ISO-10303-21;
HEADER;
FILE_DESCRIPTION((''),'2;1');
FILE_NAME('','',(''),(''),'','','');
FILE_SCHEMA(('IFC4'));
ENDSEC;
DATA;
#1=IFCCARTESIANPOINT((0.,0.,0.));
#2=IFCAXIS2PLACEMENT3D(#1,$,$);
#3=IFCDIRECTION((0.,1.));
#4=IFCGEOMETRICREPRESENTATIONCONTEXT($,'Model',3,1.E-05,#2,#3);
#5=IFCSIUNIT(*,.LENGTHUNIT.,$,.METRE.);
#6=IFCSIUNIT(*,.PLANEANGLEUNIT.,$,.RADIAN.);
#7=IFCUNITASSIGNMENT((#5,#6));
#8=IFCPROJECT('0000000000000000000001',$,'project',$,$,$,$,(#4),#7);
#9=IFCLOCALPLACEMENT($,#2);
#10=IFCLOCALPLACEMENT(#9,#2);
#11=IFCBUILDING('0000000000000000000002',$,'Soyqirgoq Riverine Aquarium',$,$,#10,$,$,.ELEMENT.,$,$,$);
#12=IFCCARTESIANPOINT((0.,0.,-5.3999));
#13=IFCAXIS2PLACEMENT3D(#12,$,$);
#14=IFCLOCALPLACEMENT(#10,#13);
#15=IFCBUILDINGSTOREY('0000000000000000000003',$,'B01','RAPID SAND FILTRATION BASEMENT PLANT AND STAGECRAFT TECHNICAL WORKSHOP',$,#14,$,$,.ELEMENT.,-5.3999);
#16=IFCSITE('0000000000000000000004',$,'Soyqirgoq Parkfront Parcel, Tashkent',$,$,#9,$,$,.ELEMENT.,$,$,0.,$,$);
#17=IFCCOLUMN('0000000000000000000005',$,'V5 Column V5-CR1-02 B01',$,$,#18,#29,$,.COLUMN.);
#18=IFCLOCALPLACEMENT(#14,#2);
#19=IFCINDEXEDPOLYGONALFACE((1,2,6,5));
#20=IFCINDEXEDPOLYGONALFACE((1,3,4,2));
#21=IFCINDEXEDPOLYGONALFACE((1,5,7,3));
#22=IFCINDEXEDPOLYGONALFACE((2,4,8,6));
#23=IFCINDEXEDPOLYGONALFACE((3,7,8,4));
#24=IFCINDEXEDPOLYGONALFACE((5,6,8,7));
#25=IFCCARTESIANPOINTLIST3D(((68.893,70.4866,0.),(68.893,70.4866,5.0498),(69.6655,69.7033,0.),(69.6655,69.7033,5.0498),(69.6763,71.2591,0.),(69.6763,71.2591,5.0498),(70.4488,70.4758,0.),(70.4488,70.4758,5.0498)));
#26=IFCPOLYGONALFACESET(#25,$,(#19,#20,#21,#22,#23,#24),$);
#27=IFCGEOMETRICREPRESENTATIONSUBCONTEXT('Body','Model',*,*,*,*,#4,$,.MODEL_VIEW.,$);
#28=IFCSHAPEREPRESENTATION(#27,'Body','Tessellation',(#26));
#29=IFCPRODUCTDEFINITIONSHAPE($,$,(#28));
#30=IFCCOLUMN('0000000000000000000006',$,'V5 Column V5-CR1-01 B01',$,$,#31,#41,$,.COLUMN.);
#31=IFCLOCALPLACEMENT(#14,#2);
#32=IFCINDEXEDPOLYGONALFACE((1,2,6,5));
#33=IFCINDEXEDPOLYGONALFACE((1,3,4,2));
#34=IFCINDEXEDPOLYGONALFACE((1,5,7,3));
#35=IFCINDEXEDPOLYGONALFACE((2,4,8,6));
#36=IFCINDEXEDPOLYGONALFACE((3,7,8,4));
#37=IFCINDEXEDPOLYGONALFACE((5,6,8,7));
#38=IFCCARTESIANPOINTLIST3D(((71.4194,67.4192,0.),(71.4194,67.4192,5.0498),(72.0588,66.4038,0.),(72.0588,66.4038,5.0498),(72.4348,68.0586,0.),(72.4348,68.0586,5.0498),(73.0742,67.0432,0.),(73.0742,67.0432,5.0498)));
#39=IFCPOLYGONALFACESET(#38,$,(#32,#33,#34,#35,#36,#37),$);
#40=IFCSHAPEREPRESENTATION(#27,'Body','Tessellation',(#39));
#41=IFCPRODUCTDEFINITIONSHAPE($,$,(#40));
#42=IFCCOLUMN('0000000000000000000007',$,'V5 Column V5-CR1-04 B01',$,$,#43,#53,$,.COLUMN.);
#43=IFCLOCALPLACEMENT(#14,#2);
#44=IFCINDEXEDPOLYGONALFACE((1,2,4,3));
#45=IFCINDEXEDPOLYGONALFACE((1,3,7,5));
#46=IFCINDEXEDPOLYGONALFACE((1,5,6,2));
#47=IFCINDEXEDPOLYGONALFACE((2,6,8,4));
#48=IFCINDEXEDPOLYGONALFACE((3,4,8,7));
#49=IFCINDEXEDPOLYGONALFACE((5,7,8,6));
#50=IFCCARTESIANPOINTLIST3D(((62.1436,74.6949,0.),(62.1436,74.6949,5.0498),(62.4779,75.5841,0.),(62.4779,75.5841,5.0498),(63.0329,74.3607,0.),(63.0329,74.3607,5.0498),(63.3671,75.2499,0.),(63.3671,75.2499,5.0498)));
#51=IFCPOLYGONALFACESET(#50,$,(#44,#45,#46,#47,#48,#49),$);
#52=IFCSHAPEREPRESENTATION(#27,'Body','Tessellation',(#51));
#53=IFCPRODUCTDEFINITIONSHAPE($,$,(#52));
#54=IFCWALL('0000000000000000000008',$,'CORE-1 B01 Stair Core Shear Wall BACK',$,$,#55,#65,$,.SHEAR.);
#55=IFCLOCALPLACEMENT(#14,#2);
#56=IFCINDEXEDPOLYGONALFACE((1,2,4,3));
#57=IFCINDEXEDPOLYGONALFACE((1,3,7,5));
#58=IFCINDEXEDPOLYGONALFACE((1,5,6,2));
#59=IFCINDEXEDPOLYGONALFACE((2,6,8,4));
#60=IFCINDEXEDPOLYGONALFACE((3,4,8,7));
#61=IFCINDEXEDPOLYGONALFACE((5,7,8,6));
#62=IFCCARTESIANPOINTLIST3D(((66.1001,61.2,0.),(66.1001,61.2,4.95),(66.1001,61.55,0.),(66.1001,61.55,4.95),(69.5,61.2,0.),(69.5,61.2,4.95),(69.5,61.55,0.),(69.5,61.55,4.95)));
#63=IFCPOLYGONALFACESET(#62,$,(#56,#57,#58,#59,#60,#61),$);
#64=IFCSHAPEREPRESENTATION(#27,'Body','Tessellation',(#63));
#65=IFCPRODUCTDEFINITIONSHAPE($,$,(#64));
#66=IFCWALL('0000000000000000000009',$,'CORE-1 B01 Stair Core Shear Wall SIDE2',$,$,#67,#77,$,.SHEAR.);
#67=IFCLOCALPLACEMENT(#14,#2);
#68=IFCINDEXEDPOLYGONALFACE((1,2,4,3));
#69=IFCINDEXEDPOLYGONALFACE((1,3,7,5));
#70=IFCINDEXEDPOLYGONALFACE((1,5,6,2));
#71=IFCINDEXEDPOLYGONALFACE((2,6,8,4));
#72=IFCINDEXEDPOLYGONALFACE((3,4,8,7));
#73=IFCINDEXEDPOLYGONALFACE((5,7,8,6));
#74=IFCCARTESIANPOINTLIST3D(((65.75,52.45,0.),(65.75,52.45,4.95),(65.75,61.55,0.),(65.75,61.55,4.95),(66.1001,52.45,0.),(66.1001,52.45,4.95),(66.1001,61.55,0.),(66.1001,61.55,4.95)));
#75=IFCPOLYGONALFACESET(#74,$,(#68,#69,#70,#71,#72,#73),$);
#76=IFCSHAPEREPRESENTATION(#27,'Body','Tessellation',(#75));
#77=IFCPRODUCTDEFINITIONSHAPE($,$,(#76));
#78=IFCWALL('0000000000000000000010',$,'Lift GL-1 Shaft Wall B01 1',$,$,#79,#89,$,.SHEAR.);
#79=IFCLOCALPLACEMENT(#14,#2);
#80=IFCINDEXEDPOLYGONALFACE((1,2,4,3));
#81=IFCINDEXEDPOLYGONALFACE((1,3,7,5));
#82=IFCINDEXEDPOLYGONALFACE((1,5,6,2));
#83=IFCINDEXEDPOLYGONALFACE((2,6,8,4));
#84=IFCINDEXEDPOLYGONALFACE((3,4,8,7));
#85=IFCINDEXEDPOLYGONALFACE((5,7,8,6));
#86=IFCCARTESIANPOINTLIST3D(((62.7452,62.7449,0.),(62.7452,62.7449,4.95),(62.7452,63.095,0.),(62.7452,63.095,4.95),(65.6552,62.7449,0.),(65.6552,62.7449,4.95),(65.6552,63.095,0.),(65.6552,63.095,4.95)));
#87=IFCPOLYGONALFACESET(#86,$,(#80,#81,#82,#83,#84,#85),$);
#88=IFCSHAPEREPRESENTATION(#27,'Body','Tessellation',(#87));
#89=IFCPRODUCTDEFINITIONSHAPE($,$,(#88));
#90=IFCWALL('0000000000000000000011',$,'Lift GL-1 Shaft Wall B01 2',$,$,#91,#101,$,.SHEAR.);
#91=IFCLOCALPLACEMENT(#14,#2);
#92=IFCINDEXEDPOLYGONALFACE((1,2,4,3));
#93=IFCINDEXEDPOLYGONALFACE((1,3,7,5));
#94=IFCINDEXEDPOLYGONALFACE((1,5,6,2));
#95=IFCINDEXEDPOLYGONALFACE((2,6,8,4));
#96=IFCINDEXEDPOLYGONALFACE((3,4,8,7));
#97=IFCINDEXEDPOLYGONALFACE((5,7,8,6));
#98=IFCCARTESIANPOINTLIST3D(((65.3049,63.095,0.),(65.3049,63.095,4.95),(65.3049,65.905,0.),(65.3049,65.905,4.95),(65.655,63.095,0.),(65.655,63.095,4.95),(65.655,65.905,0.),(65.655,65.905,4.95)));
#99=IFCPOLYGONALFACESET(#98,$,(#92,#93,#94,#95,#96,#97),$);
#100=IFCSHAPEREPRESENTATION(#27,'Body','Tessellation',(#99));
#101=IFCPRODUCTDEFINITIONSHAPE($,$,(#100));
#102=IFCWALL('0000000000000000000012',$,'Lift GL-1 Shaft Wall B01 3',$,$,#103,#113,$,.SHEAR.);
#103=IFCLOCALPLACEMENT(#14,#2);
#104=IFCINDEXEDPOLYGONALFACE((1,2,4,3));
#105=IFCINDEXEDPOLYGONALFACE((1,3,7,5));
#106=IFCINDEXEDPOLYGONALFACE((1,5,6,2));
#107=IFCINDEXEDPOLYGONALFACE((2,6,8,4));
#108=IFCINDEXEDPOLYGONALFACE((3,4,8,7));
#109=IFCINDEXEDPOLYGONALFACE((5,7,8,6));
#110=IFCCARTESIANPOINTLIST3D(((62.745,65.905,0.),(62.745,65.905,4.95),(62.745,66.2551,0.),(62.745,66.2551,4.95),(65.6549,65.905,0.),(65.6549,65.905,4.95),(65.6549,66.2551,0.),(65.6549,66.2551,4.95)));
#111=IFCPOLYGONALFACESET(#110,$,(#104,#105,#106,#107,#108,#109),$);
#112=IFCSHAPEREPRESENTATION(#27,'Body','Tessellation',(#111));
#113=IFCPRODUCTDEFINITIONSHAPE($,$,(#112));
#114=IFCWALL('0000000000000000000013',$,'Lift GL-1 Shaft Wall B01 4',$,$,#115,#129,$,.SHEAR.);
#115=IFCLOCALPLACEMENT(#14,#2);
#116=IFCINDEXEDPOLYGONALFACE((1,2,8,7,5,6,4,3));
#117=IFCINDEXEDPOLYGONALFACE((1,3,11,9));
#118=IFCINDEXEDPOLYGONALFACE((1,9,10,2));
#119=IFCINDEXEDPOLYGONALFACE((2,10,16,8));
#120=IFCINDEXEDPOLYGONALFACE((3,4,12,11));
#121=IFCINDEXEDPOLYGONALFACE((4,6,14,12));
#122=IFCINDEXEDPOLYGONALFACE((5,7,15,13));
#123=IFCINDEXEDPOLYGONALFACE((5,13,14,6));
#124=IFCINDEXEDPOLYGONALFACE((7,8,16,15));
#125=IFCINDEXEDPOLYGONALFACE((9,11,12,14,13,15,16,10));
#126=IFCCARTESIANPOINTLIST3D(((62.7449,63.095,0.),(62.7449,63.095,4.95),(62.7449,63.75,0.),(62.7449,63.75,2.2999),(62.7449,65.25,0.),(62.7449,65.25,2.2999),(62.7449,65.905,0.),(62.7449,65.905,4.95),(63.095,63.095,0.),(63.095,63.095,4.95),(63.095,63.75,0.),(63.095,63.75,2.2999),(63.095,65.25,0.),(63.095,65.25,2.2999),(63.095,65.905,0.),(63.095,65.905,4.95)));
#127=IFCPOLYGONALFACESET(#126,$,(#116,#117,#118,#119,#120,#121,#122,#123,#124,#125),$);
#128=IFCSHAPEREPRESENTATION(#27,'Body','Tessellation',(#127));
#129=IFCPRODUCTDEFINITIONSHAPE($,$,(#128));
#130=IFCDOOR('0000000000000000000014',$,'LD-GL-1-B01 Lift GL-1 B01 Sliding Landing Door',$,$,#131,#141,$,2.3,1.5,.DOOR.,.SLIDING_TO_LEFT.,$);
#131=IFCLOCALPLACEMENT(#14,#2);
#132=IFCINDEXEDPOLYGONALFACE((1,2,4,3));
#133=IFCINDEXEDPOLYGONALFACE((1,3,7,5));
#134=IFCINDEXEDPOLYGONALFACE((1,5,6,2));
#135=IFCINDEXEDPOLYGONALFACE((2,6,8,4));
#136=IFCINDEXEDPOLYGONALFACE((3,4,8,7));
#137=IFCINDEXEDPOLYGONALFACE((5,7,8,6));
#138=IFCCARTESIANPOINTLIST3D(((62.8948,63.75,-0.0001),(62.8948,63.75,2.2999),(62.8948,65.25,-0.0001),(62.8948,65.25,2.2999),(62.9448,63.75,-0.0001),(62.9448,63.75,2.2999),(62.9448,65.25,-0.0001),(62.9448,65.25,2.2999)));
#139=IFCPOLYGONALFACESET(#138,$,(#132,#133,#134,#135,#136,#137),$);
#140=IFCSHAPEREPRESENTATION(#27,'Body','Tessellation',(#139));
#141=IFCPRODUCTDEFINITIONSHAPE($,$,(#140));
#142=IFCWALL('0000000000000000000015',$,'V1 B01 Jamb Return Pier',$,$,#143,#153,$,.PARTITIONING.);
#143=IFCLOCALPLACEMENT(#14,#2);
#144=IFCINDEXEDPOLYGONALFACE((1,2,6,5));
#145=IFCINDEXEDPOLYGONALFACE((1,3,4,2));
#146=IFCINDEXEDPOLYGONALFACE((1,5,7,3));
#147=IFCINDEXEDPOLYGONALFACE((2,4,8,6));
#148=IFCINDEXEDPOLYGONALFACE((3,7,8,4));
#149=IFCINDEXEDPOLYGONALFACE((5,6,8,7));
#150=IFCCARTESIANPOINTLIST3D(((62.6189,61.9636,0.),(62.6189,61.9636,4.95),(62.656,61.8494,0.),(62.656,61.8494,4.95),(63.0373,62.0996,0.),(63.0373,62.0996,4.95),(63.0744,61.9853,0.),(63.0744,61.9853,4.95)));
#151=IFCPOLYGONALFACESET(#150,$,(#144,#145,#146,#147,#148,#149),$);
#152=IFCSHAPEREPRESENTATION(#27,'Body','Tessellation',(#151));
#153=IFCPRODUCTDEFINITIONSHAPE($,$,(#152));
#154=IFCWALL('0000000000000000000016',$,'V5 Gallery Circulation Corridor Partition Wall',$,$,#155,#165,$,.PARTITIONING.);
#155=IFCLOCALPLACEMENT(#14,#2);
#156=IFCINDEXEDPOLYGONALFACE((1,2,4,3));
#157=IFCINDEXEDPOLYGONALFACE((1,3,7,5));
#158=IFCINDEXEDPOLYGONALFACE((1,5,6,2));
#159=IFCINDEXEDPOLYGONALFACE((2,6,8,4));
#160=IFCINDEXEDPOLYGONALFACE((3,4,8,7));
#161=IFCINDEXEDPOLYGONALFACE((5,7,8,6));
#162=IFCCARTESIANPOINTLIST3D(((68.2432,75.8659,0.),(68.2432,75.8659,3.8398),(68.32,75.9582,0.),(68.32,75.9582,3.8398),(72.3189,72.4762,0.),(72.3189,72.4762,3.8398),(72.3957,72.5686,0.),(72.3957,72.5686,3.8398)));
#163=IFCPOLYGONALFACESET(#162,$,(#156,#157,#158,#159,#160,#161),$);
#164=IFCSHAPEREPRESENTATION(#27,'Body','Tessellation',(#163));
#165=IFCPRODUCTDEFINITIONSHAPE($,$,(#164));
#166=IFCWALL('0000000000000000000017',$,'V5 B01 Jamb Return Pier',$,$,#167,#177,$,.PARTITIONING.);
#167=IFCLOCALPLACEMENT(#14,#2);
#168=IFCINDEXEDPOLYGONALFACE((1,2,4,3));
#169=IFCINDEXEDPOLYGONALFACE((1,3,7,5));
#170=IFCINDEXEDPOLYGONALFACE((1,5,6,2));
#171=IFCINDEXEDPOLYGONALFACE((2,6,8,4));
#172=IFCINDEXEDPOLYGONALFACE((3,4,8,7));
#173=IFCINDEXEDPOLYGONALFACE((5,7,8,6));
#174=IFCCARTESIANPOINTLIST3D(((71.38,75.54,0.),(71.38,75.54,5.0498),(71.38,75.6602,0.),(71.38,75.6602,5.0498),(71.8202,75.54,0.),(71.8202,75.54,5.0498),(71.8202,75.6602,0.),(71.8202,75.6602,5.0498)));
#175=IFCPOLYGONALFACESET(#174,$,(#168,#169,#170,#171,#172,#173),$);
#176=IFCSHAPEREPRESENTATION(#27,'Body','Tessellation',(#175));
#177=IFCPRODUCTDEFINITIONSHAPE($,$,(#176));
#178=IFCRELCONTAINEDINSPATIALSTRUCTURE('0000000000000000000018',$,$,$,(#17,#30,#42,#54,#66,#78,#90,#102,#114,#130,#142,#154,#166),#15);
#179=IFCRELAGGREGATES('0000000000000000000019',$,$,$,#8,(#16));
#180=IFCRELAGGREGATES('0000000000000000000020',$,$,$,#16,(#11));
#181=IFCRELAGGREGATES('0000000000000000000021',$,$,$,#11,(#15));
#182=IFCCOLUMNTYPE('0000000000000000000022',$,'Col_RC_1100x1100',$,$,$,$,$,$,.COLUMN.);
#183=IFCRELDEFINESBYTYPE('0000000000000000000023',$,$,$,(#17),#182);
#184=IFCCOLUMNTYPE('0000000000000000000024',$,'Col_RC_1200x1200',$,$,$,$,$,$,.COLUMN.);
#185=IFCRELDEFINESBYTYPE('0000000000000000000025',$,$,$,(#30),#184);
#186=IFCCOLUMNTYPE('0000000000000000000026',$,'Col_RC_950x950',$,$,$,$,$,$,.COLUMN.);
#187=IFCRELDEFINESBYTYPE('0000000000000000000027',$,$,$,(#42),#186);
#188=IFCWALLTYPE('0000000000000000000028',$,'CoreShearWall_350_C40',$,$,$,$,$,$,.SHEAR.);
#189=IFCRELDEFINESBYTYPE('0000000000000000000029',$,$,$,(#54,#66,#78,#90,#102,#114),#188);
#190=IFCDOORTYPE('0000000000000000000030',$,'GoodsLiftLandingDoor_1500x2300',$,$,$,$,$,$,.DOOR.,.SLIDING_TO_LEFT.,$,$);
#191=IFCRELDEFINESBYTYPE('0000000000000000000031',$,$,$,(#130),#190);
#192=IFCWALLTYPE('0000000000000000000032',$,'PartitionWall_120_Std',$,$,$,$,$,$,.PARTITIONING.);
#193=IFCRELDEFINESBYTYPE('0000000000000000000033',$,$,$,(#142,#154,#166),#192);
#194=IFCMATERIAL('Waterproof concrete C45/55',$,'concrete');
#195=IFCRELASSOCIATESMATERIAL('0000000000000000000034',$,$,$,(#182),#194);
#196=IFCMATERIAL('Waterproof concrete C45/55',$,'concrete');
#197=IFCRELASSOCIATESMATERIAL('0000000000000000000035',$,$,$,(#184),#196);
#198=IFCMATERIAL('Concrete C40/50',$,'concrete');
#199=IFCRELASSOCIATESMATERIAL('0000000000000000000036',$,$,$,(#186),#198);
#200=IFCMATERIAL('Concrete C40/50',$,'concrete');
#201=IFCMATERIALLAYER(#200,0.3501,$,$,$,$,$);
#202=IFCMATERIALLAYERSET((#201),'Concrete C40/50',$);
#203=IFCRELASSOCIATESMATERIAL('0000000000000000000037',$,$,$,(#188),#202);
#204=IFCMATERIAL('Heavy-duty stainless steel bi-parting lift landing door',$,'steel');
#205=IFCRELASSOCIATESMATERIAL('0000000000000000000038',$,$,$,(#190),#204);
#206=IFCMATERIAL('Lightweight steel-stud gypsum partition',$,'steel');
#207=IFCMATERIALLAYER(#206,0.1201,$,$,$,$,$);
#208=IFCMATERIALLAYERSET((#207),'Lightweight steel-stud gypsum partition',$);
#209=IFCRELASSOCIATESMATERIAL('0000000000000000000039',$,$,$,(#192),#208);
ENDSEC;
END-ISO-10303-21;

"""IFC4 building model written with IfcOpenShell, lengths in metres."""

from ifc_helpers import new_model, si_unit, direction, frame, frame_2d, origin, origin_2d, place, context, subcontext, project, spatial, rectangle, extrude, material, layer, layer_set, material_profile, profile_set, type_object, element, fill, save


model = new_model("IFC4")

# Units and contexts
model_context = context("Model", 3, precision=1e-05, world=origin(), true_north=direction((0.0, 1.0)))
body_context = subcontext(model_context, "Body", "Model", "MODEL_VIEW")
ifc_project = project(units=[si_unit("LENGTHUNIT", "METRE"), si_unit("PLANEANGLEUNIT", "RADIAN")], contexts=[model_context])

# Site, building, storey
site_placement = place(None, origin())
site = spatial("IfcSite", under=ifc_project, at=site_placement, Name="Soyqirgoq Parkfront Parcel, Tashkent", CompositionType="ELEMENT", RefElevation=0.0)
building_placement = place(site_placement, origin())
building = spatial("IfcBuilding", under=site, at=building_placement, Name="Soyqirgoq Riverine Aquarium", CompositionType="ELEMENT")
storey_placement = place(building_placement, frame((0.0, 0.0, -5.3999)))
storey = spatial("IfcBuildingStorey", under=building, at=storey_placement, Name="B01", Description="RAPID SAND FILTRATION BASEMENT PLANT AND STAGECRAFT TECHNICAL WORKSHOP", CompositionType="ELEMENT", Elevation=-5.3999)

# Columns
ifc_material_1 = material(Name="Waterproof concrete C45/55", Category="concrete")
ifc_material_profile_1 = material_profile(ifc_material_1, rectangle(XDim=1.1001, YDim=1.1001, at=origin_2d()), Name="RC 1100x1100")
ifc_profile_set_1 = profile_set([ifc_material_profile_1], Name="Waterproof concrete C45/55")
column_type_1 = type_object("IfcColumnType", Name="Col_RC_1100x1100", PredefinedType="COLUMN", material=ifc_profile_set_1)
column_1_placement = place(storey_placement, frame((69.6709, 70.4812, 0.0), z_axis=(0.0, 0.0, 1.0), x_axis=(0.712026, 0.702153, 0.0)))
element("IfcColumn", 1, at=column_1_placement, inside=storey, type_object=column_type_1, Name="V5 Column V5-CR1-02 B01", PredefinedType="COLUMN", context=body_context, shape_type="SweptSolid", body=[
    extrude(rectangle(XDim=1.1001, YDim=1.1001, at=origin_2d()), origin(), (0.0, 0.0, 1.0), 5.0498),
])
ifc_material_2 = material(Name="Waterproof concrete C45/55", Category="concrete")
ifc_material_profile_2 = material_profile(ifc_material_2, rectangle(XDim=1.2, YDim=1.2, at=origin_2d()), Name="RC 1200x1200")
ifc_profile_set_2 = profile_set([ifc_material_profile_2], Name="Waterproof concrete C45/55")
column_type_2 = type_object("IfcColumnType", Name="Col_RC_1200x1200", PredefinedType="COLUMN", material=ifc_profile_set_2)
column_2_placement = place(storey_placement, frame((72.2468, 67.2312, 0.0), z_axis=(0.0, 0.0, 1.0), x_axis=(0.846193, 0.532876, 0.0)))
element("IfcColumn", 2, at=column_2_placement, inside=storey, type_object=column_type_2, Name="V5 Column V5-CR1-01 B01", PredefinedType="COLUMN", context=body_context, shape_type="SweptSolid", body=[
    extrude(rectangle(XDim=1.2, YDim=1.2, at=origin_2d()), origin(), (0.0, 0.0, 1.0), 5.0498),
])
ifc_material_3 = material(Name="Concrete C40/50", Category="concrete")
ifc_material_profile_3 = material_profile(ifc_material_3, rectangle(XDim=0.95, YDim=0.95, at=origin_2d()), Name="RC 950x950")
ifc_profile_set_3 = profile_set([ifc_material_profile_3], Name="Concrete C40/50")
column_type_3 = type_object("IfcColumnType", Name="Col_RC_950x950", PredefinedType="COLUMN", material=ifc_profile_set_3)
column_3_placement = place(storey_placement, frame((62.7554, 74.9724, 0.0), z_axis=(0.0, 0.0, 1.0), x_axis=(0.351842, 0.93606, 0.0)))
element("IfcColumn", 3, at=column_3_placement, inside=storey, type_object=column_type_3, Name="V5 Column V5-CR1-04 B01", PredefinedType="COLUMN", context=body_context, shape_type="SweptSolid", body=[
    extrude(rectangle(XDim=0.95, YDim=0.95, at=origin_2d()), origin(), (0.0, 0.0, 1.0), 5.0498),
])

# Walls
ifc_material_4 = material(Name="Concrete C40/50", Category="concrete")
ifc_layer_1 = layer(ifc_material_4, 0.3501)
ifc_layer_set_1 = layer_set([ifc_layer_1], Name="Concrete C40/50")
wall_type_1 = type_object("IfcWallType", Name="CoreShearWall_350_C40", PredefinedType="SHEAR", material=ifc_layer_set_1)
wall_1_placement = place(storey_placement, frame((69.5, 61.375, 0.0), z_axis=(0.0, 0.0, 1.0), x_axis=(-1.0, 0.0, 0.0)))
element("IfcWall", 4, at=wall_1_placement, inside=storey, type_object=wall_type_1, Name="CORE-1 B01 Stair Core Shear Wall BACK", PredefinedType="SHEAR", context=body_context, shape_type="SweptSolid", body=[
    extrude(rectangle(XDim=3.3999, YDim=0.3501, at=frame_2d((1.7, 0.0))), origin(), (0.0, 0.0, 1.0), 4.95),
])
wall_2_placement = place(storey_placement, frame((65.925, 61.55, 0.0), z_axis=(0.0, 0.0, 1.0), x_axis=(0.0, -1.0, 0.0)))
element("IfcWall", 5, at=wall_2_placement, inside=storey, type_object=wall_type_1, Name="CORE-1 B01 Stair Core Shear Wall SIDE2", PredefinedType="SHEAR", context=body_context, shape_type="SweptSolid", body=[
    extrude(rectangle(XDim=9.1001, YDim=0.3501, at=frame_2d((4.55, 0.0))), origin(), (0.0, 0.0, 1.0), 4.95),
])
wall_3_placement = place(storey_placement, frame((62.7451, 62.9199, 0.0), z_axis=(0.0, 0.0, 1.0), x_axis=(1.0, 0.0, 0.0)))
element("IfcWall", 6, at=wall_3_placement, inside=storey, type_object=wall_type_1, Name="Lift GL-1 Shaft Wall B01 1", PredefinedType="SHEAR", context=body_context, shape_type="SweptSolid", body=[
    extrude(rectangle(XDim=2.9099, YDim=0.3501, at=frame_2d((1.4551, 0.0))), origin(), (0.0, 0.0, 1.0), 4.95),
])
wall_4_placement = place(storey_placement, frame((65.48, 63.095, 0.0), z_axis=(0.0, 0.0, 1.0), x_axis=(0.0, 1.0, 0.0)))
element("IfcWall", 7, at=wall_4_placement, inside=storey, type_object=wall_type_1, Name="Lift GL-1 Shaft Wall B01 2", PredefinedType="SHEAR", context=body_context, shape_type="SweptSolid", body=[
    extrude(rectangle(XDim=2.8101, YDim=0.3501, at=frame_2d((1.405, 0.0))), origin(), (0.0, 0.0, 1.0), 4.95),
])
wall_5_placement = place(storey_placement, frame((65.655, 66.0801, 0.0), z_axis=(0.0, 0.0, 1.0), x_axis=(-1.0, 0.0, 0.0)))
element("IfcWall", 8, at=wall_5_placement, inside=storey, type_object=wall_type_1, Name="Lift GL-1 Shaft Wall B01 3", PredefinedType="SHEAR", context=body_context, shape_type="SweptSolid", body=[
    extrude(rectangle(XDim=2.9099, YDim=0.3501, at=frame_2d((1.4551, 0.0))), origin(), (0.0, 0.0, 1.0), 4.95),
])

# Wall, opening, door
wall_6_placement = place(storey_placement, frame((62.9199, 65.905, 0.0), z_axis=(0.0, 0.0, 1.0), x_axis=(0.0, -1.0, 0.0)))
wall_6 = element("IfcWall", 9, at=wall_6_placement, inside=storey, type_object=wall_type_1, Name="Lift GL-1 Shaft Wall B01 4", PredefinedType="SHEAR", context=body_context, shape_type="SweptSolid", body=[
    extrude(rectangle(XDim=2.8101, YDim=0.3501, at=frame_2d((1.405, 0.0))), origin(), (0.0, 0.0, 1.0), 4.95),
])
opening_1_placement = place(wall_6_placement, frame((0.655, 0.0, 0.0)))
opening_1 = element("IfcOpeningElement", 10, at=opening_1_placement, cuts=wall_6, PredefinedType="OPENING", context=body_context, shape_type="SweptSolid", body=[
    extrude(rectangle(XDim=1.5, YDim=2.3, at=frame_2d((0.75, 1.1499))), frame((0.0, 0.1851, 0.0), z_axis=(0.0, -1.0, 0.0), x_axis=(1.0, 0.0, 0.0)), (0.0, 0.0, 1.0), 0.3701),
])
ifc_material_5 = material(Name="Heavy-duty stainless steel bi-parting lift landing door", Category="steel")
door_type_1 = type_object("IfcDoorType", Name="GoodsLiftLandingDoor_1500x2300", OperationType="SLIDING_TO_LEFT", PredefinedType="DOOR", material=ifc_material_5)
door_1_placement = place(opening_1_placement, origin())
door_1 = element("IfcDoor", 11, at=door_1_placement, inside=storey, type_object=door_type_1, Name="LD-GL-1-B01 Lift GL-1 B01 Sliding Landing Door", OperationType="SLIDING_TO_LEFT", OverallHeight=2.3, OverallWidth=1.5, PredefinedType="DOOR", context=body_context, shape_type="SweptSolid", body=[
    extrude(rectangle(XDim=1.5, YDim=2.3, at=frame_2d((0.75, 1.1499))), frame((0.0, 0.0249, 0.0), z_axis=(0.0, -1.0, 0.0), x_axis=(1.0, 0.0, 0.0)), (0.0, 0.0, 1.0), 0.05),
])
fill(opening_1, door_1)

# Walls
ifc_material_6 = material(Name="Lightweight steel-stud gypsum partition", Category="steel")
ifc_layer_2 = layer(ifc_material_6, 0.1201)
ifc_layer_set_2 = layer_set([ifc_layer_2], Name="Lightweight steel-stud gypsum partition")
wall_type_2 = type_object("IfcWallType", Name="PartitionWall_120_Std", PredefinedType="PARTITIONING", material=ifc_layer_set_2)
wall_7_placement = place(storey_placement, frame((62.6375, 61.9065, 0.0), z_axis=(0.0, 0.0, 1.0), x_axis=(0.951042, 0.309061, 0.0)))
element("IfcWall", 12, at=wall_7_placement, inside=storey, type_object=wall_type_2, Name="V1 B01 Jamb Return Pier", PredefinedType="PARTITIONING", context=body_context, shape_type="SweptSolid", body=[
    extrude(rectangle(XDim=0.4399, YDim=0.1201, at=frame_2d((0.22, 0.0))), origin(), (0.0, 0.0, 1.0), 4.95),
])
wall_8_placement = place(storey_placement, frame((72.3572, 72.5225, 0.0), z_axis=(0.0, 0.0, 1.0), x_axis=(-0.768848, 0.639432, 0.0)))
element("IfcWall", 13, at=wall_8_placement, inside=storey, type_object=wall_type_2, Name="V5 Gallery Circulation Corridor Partition Wall", PredefinedType="PARTITIONING", context=body_context, shape_type="SweptSolid", body=[
    extrude(rectangle(XDim=5.301, YDim=0.1201, at=frame_2d((2.6504, 0.0))), origin(), (0.0, 0.0, 1.0), 3.8398),
])
wall_9_placement = place(storey_placement, frame((71.3799, 75.6001, 0.0), z_axis=(0.0, 0.0, 1.0), x_axis=(1.0, 0.0, 0.0)))
element("IfcWall", 14, at=wall_9_placement, inside=storey, type_object=wall_type_2, Name="V5 B01 Jamb Return Pier", PredefinedType="PARTITIONING", context=body_context, shape_type="SweptSolid", body=[
    extrude(rectangle(XDim=0.4402, YDim=0.1201, at=frame_2d((0.2202, 0.0))), origin(), (0.0, 0.0, 1.0), 5.0498),
])

save(model, "model.ifc")
